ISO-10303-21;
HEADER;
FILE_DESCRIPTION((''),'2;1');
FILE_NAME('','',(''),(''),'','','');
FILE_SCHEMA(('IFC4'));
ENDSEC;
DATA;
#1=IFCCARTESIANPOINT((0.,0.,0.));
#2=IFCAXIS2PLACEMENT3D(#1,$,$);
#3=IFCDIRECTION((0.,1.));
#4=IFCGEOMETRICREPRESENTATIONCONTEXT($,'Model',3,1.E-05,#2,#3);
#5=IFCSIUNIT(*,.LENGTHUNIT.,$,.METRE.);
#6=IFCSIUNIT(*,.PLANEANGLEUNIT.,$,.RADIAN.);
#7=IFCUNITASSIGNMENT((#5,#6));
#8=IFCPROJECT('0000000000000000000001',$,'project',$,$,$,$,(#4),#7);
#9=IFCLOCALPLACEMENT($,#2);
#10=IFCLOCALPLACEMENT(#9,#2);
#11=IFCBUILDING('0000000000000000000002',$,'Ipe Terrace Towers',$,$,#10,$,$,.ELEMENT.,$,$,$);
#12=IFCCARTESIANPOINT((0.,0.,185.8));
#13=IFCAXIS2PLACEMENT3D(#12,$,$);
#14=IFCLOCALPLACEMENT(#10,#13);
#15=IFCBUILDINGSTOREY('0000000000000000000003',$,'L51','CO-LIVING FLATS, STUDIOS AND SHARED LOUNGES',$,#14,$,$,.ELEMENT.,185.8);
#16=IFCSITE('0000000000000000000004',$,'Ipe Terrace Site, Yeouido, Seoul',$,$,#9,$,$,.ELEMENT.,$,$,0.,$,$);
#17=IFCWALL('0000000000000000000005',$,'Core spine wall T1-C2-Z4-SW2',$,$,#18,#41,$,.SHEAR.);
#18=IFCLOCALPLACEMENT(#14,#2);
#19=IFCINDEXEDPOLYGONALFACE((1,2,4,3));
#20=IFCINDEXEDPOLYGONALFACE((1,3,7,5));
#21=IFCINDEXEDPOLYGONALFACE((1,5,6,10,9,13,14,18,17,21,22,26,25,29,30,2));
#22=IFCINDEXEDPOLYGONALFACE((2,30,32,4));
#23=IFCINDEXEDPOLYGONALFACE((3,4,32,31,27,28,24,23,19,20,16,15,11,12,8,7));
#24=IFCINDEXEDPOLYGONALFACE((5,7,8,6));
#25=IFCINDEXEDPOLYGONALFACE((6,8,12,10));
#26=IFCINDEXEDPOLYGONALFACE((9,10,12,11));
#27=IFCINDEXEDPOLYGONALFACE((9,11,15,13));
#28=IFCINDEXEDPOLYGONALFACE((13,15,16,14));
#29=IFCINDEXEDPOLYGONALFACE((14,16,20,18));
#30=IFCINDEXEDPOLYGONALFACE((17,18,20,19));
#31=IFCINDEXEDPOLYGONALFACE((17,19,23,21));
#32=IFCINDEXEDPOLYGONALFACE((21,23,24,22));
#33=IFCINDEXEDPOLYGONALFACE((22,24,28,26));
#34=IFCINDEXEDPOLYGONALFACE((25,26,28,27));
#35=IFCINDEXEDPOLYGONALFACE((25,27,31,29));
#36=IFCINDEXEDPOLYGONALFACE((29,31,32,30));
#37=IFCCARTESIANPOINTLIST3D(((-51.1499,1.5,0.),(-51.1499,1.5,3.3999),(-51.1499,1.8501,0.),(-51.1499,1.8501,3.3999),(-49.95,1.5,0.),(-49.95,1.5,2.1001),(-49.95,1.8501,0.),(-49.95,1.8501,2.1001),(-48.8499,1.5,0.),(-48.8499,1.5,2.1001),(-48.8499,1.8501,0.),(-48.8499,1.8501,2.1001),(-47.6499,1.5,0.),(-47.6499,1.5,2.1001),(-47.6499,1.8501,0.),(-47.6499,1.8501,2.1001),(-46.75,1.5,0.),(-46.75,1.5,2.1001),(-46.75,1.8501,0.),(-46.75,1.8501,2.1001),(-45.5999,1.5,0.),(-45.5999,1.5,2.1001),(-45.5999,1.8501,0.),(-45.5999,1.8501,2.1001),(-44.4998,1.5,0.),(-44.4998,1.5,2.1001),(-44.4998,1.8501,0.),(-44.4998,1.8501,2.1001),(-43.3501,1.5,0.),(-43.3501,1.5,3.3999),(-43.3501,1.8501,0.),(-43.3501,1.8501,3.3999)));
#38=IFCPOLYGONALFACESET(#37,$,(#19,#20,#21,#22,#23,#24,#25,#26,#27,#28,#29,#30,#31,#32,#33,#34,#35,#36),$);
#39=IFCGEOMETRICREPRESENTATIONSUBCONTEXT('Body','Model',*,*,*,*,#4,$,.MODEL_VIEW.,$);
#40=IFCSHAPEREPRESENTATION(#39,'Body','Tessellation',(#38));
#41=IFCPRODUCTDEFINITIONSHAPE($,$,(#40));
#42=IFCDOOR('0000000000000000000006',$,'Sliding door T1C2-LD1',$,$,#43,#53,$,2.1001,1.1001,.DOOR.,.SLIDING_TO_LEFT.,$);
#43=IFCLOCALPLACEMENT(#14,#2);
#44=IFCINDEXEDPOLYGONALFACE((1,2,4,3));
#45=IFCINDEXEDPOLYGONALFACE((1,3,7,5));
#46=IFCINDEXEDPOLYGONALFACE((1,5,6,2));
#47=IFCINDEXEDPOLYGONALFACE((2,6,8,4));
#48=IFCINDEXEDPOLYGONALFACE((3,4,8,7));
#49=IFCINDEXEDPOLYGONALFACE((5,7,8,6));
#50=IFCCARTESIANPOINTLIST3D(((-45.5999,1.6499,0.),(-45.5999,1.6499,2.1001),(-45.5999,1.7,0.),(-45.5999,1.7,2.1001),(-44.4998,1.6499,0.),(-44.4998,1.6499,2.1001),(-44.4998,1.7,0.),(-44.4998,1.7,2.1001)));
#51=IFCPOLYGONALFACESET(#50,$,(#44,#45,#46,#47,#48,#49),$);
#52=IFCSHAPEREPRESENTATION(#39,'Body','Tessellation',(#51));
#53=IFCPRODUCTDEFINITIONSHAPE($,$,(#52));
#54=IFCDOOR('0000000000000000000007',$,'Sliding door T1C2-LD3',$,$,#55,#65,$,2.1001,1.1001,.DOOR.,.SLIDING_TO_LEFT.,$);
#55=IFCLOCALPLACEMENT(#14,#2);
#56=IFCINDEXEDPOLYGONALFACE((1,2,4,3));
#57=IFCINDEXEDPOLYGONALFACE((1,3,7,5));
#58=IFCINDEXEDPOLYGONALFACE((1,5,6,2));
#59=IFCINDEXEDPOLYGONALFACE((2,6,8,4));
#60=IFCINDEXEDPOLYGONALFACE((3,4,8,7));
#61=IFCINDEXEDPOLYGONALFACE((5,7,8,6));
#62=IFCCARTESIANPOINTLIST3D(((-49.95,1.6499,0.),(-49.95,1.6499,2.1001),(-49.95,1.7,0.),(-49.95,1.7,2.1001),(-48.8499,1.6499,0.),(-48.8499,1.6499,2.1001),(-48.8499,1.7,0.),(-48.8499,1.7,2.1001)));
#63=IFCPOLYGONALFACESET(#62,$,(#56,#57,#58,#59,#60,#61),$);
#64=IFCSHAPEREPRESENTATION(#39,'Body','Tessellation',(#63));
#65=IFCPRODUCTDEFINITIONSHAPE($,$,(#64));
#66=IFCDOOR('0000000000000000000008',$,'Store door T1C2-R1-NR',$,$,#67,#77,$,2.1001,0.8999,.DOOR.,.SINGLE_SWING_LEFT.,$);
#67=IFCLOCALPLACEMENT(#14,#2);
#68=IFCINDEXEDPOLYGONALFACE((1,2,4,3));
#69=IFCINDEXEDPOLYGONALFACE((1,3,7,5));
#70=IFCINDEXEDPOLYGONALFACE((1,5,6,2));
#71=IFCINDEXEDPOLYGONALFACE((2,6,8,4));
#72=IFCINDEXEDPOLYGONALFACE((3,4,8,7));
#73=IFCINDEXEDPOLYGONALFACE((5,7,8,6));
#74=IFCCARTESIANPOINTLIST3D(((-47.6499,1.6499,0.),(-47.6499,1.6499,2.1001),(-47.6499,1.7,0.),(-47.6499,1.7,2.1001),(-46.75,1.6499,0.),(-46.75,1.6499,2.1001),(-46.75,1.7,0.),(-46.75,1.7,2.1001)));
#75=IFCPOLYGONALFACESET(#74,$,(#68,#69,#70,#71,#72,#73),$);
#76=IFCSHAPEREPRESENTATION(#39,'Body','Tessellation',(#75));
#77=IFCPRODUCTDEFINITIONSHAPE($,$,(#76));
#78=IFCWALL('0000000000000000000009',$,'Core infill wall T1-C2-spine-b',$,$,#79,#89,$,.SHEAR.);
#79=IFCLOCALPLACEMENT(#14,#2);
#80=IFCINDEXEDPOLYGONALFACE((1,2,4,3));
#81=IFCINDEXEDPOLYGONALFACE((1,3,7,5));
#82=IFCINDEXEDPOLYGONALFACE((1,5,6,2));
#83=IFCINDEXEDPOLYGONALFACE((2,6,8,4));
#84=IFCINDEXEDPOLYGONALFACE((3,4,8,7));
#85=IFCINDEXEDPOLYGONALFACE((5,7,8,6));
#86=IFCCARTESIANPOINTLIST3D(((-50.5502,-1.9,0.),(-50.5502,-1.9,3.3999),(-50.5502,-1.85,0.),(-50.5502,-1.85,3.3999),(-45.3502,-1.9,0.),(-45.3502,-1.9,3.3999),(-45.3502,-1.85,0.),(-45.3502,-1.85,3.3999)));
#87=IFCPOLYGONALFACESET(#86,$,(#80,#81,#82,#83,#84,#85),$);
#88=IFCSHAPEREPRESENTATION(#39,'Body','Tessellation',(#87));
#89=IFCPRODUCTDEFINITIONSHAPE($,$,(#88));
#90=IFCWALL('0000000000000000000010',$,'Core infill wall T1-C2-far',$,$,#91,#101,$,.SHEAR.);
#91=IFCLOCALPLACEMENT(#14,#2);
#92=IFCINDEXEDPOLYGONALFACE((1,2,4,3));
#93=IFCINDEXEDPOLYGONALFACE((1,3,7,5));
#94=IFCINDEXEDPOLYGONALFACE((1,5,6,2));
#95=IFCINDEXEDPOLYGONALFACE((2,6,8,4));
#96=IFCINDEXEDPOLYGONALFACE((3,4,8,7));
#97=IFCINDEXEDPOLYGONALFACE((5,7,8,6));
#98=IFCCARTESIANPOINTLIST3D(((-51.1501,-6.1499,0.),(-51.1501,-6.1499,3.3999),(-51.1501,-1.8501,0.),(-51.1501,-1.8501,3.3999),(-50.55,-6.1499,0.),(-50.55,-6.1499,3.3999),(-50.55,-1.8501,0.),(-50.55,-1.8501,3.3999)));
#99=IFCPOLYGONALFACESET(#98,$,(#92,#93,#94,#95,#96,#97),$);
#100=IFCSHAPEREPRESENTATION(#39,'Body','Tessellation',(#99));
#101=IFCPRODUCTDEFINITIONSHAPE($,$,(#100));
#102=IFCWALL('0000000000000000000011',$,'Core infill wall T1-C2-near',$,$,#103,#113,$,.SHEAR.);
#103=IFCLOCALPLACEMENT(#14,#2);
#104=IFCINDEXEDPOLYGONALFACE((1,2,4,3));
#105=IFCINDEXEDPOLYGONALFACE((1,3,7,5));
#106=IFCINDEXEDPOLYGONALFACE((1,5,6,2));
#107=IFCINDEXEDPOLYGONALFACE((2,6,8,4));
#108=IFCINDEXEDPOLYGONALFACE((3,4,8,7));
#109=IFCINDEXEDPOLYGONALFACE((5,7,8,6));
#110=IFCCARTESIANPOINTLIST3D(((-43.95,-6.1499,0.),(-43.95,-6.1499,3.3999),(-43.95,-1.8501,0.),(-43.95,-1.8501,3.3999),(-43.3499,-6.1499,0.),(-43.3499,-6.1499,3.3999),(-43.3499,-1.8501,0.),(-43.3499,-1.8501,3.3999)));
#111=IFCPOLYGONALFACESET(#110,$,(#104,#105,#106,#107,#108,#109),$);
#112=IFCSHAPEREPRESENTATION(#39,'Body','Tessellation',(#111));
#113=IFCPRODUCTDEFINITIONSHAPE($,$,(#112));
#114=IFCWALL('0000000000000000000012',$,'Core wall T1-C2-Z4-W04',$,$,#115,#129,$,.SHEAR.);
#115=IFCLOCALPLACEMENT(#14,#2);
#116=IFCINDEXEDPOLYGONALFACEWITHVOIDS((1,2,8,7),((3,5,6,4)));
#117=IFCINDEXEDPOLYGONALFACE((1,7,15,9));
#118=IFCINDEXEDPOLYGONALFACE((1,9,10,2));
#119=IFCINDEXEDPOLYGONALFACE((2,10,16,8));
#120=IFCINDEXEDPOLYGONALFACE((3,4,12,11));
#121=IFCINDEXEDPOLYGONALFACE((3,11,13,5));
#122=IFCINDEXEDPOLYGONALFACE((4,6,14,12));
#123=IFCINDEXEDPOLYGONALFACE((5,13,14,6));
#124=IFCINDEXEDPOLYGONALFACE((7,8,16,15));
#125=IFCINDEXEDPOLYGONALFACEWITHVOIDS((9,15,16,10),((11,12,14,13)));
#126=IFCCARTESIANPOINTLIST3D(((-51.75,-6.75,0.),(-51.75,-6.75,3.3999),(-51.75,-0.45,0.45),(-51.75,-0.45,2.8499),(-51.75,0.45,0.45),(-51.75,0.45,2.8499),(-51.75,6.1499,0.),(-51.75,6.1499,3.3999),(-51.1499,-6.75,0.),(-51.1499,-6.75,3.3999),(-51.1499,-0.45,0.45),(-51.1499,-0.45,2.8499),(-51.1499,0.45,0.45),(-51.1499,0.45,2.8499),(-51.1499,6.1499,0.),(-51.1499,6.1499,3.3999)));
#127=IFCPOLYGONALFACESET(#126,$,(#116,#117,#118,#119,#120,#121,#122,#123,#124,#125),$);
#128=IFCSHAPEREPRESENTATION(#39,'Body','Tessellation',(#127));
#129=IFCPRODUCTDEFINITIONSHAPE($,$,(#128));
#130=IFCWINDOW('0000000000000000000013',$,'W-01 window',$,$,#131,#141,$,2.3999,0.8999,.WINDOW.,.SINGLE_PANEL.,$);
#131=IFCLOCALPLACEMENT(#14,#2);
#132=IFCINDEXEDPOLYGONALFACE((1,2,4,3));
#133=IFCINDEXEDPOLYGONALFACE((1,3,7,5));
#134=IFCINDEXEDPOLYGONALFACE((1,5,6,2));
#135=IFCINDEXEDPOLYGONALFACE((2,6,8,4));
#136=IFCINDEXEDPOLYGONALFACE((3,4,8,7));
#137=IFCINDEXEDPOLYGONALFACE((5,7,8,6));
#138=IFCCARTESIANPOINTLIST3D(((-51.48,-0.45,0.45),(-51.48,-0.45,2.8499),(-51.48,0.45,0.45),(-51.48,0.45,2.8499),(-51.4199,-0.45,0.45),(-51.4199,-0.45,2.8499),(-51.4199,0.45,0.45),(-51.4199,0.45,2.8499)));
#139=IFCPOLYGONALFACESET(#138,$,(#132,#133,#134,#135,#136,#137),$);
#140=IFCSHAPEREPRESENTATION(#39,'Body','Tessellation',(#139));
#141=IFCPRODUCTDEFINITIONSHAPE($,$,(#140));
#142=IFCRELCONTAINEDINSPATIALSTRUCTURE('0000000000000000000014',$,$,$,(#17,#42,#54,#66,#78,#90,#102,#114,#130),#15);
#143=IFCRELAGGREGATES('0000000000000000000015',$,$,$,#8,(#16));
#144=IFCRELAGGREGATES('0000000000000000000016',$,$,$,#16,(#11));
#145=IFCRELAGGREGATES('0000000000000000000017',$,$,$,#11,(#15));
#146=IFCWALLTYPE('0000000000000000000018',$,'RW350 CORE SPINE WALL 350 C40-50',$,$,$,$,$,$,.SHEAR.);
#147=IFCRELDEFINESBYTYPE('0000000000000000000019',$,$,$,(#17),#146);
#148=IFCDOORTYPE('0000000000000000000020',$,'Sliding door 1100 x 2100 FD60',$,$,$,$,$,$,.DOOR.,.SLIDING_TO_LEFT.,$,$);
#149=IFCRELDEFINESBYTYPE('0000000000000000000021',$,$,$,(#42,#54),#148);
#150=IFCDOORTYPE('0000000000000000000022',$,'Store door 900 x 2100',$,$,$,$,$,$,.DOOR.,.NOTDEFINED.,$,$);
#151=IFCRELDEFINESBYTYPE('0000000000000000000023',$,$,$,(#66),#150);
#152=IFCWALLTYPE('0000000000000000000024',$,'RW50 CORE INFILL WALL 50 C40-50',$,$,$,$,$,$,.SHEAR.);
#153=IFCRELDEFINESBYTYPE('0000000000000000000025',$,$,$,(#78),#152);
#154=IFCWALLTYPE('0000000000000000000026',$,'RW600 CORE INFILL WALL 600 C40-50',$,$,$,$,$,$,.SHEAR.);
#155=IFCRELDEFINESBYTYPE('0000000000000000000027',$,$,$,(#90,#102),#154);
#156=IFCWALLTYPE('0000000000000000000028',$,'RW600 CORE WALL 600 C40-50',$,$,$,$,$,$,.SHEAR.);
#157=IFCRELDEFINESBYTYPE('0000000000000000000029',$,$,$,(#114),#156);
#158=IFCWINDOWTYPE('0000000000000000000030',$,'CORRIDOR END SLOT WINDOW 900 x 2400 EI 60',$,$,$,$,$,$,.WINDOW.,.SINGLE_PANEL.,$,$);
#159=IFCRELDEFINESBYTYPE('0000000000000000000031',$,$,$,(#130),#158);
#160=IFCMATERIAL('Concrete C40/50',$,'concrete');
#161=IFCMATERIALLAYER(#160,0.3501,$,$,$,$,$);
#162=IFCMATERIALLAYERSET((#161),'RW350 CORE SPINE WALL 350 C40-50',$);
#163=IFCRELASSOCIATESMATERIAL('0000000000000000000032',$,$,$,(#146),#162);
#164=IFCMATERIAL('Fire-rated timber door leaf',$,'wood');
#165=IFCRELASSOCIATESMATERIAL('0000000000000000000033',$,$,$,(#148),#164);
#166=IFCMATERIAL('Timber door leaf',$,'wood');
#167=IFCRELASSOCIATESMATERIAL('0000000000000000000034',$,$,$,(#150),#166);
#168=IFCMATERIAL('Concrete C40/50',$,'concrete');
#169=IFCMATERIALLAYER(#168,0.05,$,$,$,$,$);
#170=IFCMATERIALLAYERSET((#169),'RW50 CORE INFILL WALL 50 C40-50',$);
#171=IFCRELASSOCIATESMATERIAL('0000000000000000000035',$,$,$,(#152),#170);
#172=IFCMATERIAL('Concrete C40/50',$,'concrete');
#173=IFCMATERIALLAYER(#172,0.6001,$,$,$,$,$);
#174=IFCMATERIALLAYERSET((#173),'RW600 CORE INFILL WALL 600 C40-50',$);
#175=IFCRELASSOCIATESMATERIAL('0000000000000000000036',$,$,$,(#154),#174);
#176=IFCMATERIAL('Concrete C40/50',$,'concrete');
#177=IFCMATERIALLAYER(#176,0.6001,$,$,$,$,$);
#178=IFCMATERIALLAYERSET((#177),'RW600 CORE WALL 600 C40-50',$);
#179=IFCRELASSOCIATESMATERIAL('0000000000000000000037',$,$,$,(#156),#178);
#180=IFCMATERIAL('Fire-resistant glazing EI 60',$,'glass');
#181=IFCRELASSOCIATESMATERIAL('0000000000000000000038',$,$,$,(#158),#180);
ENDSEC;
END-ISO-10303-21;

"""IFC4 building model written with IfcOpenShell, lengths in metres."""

from ifc_helpers import new_model, si_unit, direction, frame, frame_2d, origin, place, context, subcontext, project, spatial, rectangle, extrude, material, layer, layer_set, type_object, element, fill, save


model = new_model("IFC4")

# Units and contexts
model_context = context("Model", 3, precision=1e-05, world=origin(), true_north=direction((0.0, 1.0)))
body_context = subcontext(model_context, "Body", "Model", "MODEL_VIEW")
ifc_project = project(units=[si_unit("LENGTHUNIT", "METRE"), si_unit("PLANEANGLEUNIT", "RADIAN")], contexts=[model_context])

# Site, building, storey
site_placement = place(None, origin())
site = spatial("IfcSite", under=ifc_project, at=site_placement, Name="Ipe Terrace Site, Yeouido, Seoul", CompositionType="ELEMENT", RefElevation=0.0)
building_placement = place(site_placement, origin())
building = spatial("IfcBuilding", under=site, at=building_placement, Name="Ipe Terrace Towers", CompositionType="ELEMENT")
storey_placement = place(building_placement, frame((0.0, 0.0, 185.8)))
storey = spatial("IfcBuildingStorey", under=building, at=storey_placement, Name="L51", Description="CO-LIVING FLATS, STUDIOS AND SHARED LOUNGES", CompositionType="ELEMENT", Elevation=185.8)

# Shared definitions
ifc_material_1 = material(Name="Concrete C40/50", Category="concrete")
ifc_layer_1 = layer(ifc_material_1, 0.3501)
ifc_layer_set_1 = layer_set([ifc_layer_1], Name="RW350 CORE SPINE WALL 350 C40-50")
wall_type_1 = type_object("IfcWallType", Name="RW350 CORE SPINE WALL 350 C40-50", PredefinedType="SHEAR", material=ifc_layer_set_1)

# Wall, openings, doors
wall_1_placement = place(storey_placement, frame((-51.1499, 1.675, 0.0), z_axis=(0.0, 0.0, 1.0), x_axis=(1.0, 0.0, 0.0)))
wall_1 = element("IfcWall", 1, at=wall_1_placement, inside=storey, type_object=wall_type_1, Name="Core spine wall T1-C2-Z4-SW2", PredefinedType="SHEAR", context=body_context, shape_type="SweptSolid", body=[
    extrude(rectangle(XDim=7.7998, YDim=0.3501, at=frame_2d((3.8999, 0.0))), origin(), (0.0, 0.0, 1.0), 3.3999),
])
opening_1_placement = place(wall_1_placement, frame((5.55, 0.0, 0.0)))
opening_1 = element("IfcOpeningElement", 2, at=opening_1_placement, cuts=wall_1, PredefinedType="OPENING", context=body_context, shape_type="SweptSolid", body=[
    extrude(rectangle(XDim=1.1001, YDim=2.1001, at=frame_2d((0.55, 1.05))), frame((0.0, 0.1851, 0.0), z_axis=(0.0, -1.0, 0.0), x_axis=(1.0, 0.0, 0.0)), (0.0, 0.0, 1.0), 0.3701),
])
opening_2_placement = place(wall_1_placement, frame((1.2, 0.0, 0.0)))
opening_2 = element("IfcOpeningElement", 3, at=opening_2_placement, cuts=wall_1, PredefinedType="OPENING", context=body_context, shape_type="SweptSolid", body=[
    extrude(rectangle(XDim=1.1001, YDim=2.1001, at=frame_2d((0.55, 1.05))), frame((0.0, 0.1851, 0.0), z_axis=(0.0, -1.0, 0.0), x_axis=(1.0, 0.0, 0.0)), (0.0, 0.0, 1.0), 0.3701),
])
opening_3_placement = place(wall_1_placement, frame((3.5, 0.0, 0.0)))
opening_3 = element("IfcOpeningElement", 4, at=opening_3_placement, cuts=wall_1, PredefinedType="OPENING", context=body_context, shape_type="SweptSolid", body=[
    extrude(rectangle(XDim=0.8999, YDim=2.1001, at=frame_2d((0.45, 1.05))), frame((0.0, 0.1851, 0.0), z_axis=(0.0, -1.0, 0.0), x_axis=(1.0, 0.0, 0.0)), (0.0, 0.0, 1.0), 0.3701),
])
ifc_material_2 = material(Name="Fire-rated timber door leaf", Category="wood")
door_type_1 = type_object("IfcDoorType", Name="Sliding door 1100 x 2100 FD60", OperationType="SLIDING_TO_LEFT", PredefinedType="DOOR", material=ifc_material_2)
door_1_placement = place(opening_1_placement, origin())
door_1 = element("IfcDoor", 5, at=door_1_placement, inside=storey, type_object=door_type_1, Name="Sliding door T1C2-LD1", OperationType="SLIDING_TO_LEFT", OverallHeight=2.1001, OverallWidth=1.1001, PredefinedType="DOOR", context=body_context, shape_type="SweptSolid", body=[
    extrude(rectangle(XDim=1.1001, YDim=2.1001, at=frame_2d((0.55, 1.05))), frame((0.0, 0.0249, 0.0), z_axis=(0.0, -1.0, 0.0), x_axis=(1.0, 0.0, 0.0)), (0.0, 0.0, 1.0), 0.05),
])
fill(opening_1, door_1)
door_2_placement = place(opening_2_placement, origin())
door_2 = element("IfcDoor", 6, at=door_2_placement, inside=storey, type_object=door_type_1, Name="Sliding door T1C2-LD3", OperationType="SLIDING_TO_LEFT", OverallHeight=2.1001, OverallWidth=1.1001, PredefinedType="DOOR", context=body_context, shape_type="SweptSolid", body=[
    extrude(rectangle(XDim=1.1001, YDim=2.1001, at=frame_2d((0.55, 1.05))), frame((0.0, 0.0249, 0.0), z_axis=(0.0, -1.0, 0.0), x_axis=(1.0, 0.0, 0.0)), (0.0, 0.0, 1.0), 0.05),
])
fill(opening_2, door_2)
ifc_material_3 = material(Name="Timber door leaf", Category="wood")
door_type_2 = type_object("IfcDoorType", Name="Store door 900 x 2100", OperationType="NOTDEFINED", PredefinedType="DOOR", material=ifc_material_3)
door_3_placement = place(opening_3_placement, origin())
door_3 = element("IfcDoor", 7, at=door_3_placement, inside=storey, type_object=door_type_2, Name="Store door T1C2-R1-NR", OperationType="SINGLE_SWING_LEFT", OverallHeight=2.1001, OverallWidth=0.8999, PredefinedType="DOOR", context=body_context, shape_type="SweptSolid", body=[
    extrude(rectangle(XDim=0.8999, YDim=2.1001, at=frame_2d((0.45, 1.05))), frame((0.0, 0.0249, 0.0), z_axis=(0.0, -1.0, 0.0), x_axis=(1.0, 0.0, 0.0)), (0.0, 0.0, 1.0), 0.05),
])
fill(opening_3, door_3)

# Walls
ifc_material_4 = material(Name="Concrete C40/50", Category="concrete")
ifc_layer_2 = layer(ifc_material_4, 0.05)
ifc_layer_set_2 = layer_set([ifc_layer_2], Name="RW50 CORE INFILL WALL 50 C40-50")
wall_type_2 = type_object("IfcWallType", Name="RW50 CORE INFILL WALL 50 C40-50", PredefinedType="SHEAR", material=ifc_layer_set_2)
wall_2_placement = place(storey_placement, frame((-45.3501, -1.875, 0.0), z_axis=(0.0, 0.0, 1.0), x_axis=(-1.0, 0.0, 0.0)))
element("IfcWall", 8, at=wall_2_placement, inside=storey, type_object=wall_type_2, Name="Core infill wall T1-C2-spine-b", PredefinedType="SHEAR", context=body_context, shape_type="SweptSolid", body=[
    extrude(rectangle(XDim=5.2, YDim=0.05, at=frame_2d((2.6001, 0.0))), origin(), (0.0, 0.0, 1.0), 3.3999),
])
ifc_material_5 = material(Name="Concrete C40/50", Category="concrete")
ifc_layer_3 = layer(ifc_material_5, 0.6001)
ifc_layer_set_3 = layer_set([ifc_layer_3], Name="RW600 CORE INFILL WALL 600 C40-50")
wall_type_3 = type_object("IfcWallType", Name="RW600 CORE INFILL WALL 600 C40-50", PredefinedType="SHEAR", material=ifc_layer_set_3)
for number, where, z_axis, x_axis, name in (
    (9, (-50.8501, -1.8501, 0.0), (0.0, 0.0, 1.0), (0.0, -1.0, 0.0), "Core infill wall T1-C2-far"),
    (10, (-43.6499, -1.8501, 0.0), (0.0, 0.0, 1.0), (0.0, -1.0, 0.0), "Core infill wall T1-C2-near"),
):
    element("IfcWall", number, at=place(storey_placement, frame(where, z_axis=z_axis, x_axis=x_axis)), inside=storey, type_object=wall_type_3, Name=name, PredefinedType="SHEAR", context=body_context, shape_type="SweptSolid", body=[
        extrude(rectangle(XDim=4.2998, YDim=0.6001, at=frame_2d((2.1499, 0.0))), origin(), (0.0, 0.0, 1.0), 3.3999),
    ])

# Wall, opening, window
ifc_material_6 = material(Name="Concrete C40/50", Category="concrete")
ifc_layer_4 = layer(ifc_material_6, 0.6001)
ifc_layer_set_4 = layer_set([ifc_layer_4], Name="RW600 CORE WALL 600 C40-50")
wall_type_4 = type_object("IfcWallType", Name="RW600 CORE WALL 600 C40-50", PredefinedType="SHEAR", material=ifc_layer_set_4)
wall_3_placement = place(storey_placement, frame((-51.45, 6.1499, 0.0), z_axis=(0.0, 0.0, 1.0), x_axis=(0.0, -1.0, 0.0)))
wall_3 = element("IfcWall", 11, at=wall_3_placement, inside=storey, type_object=wall_type_4, Name="Core wall T1-C2-Z4-W04", PredefinedType="SHEAR", context=body_context, shape_type="SweptSolid", body=[
    extrude(rectangle(XDim=12.8999, YDim=0.6001, at=frame_2d((6.45, 0.0))), origin(), (0.0, 0.0, 1.0), 3.3999),
])
opening_4_placement = place(wall_3_placement, frame((5.7, 0.0, 0.45)))
opening_4 = element("IfcOpeningElement", 12, at=opening_4_placement, cuts=wall_3, PredefinedType="OPENING", context=body_context, shape_type="SweptSolid", body=[
    extrude(rectangle(XDim=0.8999, YDim=2.3999, at=frame_2d((0.45, 1.2))), frame((0.0, 0.3101, 0.0), z_axis=(0.0, -1.0, 0.0), x_axis=(1.0, 0.0, 0.0)), (0.0, 0.0, 1.0), 0.6201),
])
ifc_material_7 = material(Name="Fire-resistant glazing EI 60", Category="glass")
window_type = type_object("IfcWindowType", Name="CORRIDOR END SLOT WINDOW 900 x 2400 EI 60", PartitioningType="SINGLE_PANEL", PredefinedType="WINDOW", material=ifc_material_7)
window_placement = place(opening_4_placement, origin())
window = element("IfcWindow", 13, at=window_placement, inside=storey, type_object=window_type, Name="W-01 window", OverallHeight=2.3999, OverallWidth=0.8999, PartitioningType="SINGLE_PANEL", PredefinedType="WINDOW", context=body_context, shape_type="SweptSolid", body=[
    extrude(rectangle(XDim=0.8999, YDim=2.3999, at=frame_2d((0.45, 1.2))), frame((0.0, 0.03, 0.0), z_axis=(0.0, -1.0, 0.0), x_axis=(1.0, 0.0, 0.0)), (0.0, 0.0, 1.0), 0.0601),
])
fill(opening_4, window)

save(model, "model.ifc")
